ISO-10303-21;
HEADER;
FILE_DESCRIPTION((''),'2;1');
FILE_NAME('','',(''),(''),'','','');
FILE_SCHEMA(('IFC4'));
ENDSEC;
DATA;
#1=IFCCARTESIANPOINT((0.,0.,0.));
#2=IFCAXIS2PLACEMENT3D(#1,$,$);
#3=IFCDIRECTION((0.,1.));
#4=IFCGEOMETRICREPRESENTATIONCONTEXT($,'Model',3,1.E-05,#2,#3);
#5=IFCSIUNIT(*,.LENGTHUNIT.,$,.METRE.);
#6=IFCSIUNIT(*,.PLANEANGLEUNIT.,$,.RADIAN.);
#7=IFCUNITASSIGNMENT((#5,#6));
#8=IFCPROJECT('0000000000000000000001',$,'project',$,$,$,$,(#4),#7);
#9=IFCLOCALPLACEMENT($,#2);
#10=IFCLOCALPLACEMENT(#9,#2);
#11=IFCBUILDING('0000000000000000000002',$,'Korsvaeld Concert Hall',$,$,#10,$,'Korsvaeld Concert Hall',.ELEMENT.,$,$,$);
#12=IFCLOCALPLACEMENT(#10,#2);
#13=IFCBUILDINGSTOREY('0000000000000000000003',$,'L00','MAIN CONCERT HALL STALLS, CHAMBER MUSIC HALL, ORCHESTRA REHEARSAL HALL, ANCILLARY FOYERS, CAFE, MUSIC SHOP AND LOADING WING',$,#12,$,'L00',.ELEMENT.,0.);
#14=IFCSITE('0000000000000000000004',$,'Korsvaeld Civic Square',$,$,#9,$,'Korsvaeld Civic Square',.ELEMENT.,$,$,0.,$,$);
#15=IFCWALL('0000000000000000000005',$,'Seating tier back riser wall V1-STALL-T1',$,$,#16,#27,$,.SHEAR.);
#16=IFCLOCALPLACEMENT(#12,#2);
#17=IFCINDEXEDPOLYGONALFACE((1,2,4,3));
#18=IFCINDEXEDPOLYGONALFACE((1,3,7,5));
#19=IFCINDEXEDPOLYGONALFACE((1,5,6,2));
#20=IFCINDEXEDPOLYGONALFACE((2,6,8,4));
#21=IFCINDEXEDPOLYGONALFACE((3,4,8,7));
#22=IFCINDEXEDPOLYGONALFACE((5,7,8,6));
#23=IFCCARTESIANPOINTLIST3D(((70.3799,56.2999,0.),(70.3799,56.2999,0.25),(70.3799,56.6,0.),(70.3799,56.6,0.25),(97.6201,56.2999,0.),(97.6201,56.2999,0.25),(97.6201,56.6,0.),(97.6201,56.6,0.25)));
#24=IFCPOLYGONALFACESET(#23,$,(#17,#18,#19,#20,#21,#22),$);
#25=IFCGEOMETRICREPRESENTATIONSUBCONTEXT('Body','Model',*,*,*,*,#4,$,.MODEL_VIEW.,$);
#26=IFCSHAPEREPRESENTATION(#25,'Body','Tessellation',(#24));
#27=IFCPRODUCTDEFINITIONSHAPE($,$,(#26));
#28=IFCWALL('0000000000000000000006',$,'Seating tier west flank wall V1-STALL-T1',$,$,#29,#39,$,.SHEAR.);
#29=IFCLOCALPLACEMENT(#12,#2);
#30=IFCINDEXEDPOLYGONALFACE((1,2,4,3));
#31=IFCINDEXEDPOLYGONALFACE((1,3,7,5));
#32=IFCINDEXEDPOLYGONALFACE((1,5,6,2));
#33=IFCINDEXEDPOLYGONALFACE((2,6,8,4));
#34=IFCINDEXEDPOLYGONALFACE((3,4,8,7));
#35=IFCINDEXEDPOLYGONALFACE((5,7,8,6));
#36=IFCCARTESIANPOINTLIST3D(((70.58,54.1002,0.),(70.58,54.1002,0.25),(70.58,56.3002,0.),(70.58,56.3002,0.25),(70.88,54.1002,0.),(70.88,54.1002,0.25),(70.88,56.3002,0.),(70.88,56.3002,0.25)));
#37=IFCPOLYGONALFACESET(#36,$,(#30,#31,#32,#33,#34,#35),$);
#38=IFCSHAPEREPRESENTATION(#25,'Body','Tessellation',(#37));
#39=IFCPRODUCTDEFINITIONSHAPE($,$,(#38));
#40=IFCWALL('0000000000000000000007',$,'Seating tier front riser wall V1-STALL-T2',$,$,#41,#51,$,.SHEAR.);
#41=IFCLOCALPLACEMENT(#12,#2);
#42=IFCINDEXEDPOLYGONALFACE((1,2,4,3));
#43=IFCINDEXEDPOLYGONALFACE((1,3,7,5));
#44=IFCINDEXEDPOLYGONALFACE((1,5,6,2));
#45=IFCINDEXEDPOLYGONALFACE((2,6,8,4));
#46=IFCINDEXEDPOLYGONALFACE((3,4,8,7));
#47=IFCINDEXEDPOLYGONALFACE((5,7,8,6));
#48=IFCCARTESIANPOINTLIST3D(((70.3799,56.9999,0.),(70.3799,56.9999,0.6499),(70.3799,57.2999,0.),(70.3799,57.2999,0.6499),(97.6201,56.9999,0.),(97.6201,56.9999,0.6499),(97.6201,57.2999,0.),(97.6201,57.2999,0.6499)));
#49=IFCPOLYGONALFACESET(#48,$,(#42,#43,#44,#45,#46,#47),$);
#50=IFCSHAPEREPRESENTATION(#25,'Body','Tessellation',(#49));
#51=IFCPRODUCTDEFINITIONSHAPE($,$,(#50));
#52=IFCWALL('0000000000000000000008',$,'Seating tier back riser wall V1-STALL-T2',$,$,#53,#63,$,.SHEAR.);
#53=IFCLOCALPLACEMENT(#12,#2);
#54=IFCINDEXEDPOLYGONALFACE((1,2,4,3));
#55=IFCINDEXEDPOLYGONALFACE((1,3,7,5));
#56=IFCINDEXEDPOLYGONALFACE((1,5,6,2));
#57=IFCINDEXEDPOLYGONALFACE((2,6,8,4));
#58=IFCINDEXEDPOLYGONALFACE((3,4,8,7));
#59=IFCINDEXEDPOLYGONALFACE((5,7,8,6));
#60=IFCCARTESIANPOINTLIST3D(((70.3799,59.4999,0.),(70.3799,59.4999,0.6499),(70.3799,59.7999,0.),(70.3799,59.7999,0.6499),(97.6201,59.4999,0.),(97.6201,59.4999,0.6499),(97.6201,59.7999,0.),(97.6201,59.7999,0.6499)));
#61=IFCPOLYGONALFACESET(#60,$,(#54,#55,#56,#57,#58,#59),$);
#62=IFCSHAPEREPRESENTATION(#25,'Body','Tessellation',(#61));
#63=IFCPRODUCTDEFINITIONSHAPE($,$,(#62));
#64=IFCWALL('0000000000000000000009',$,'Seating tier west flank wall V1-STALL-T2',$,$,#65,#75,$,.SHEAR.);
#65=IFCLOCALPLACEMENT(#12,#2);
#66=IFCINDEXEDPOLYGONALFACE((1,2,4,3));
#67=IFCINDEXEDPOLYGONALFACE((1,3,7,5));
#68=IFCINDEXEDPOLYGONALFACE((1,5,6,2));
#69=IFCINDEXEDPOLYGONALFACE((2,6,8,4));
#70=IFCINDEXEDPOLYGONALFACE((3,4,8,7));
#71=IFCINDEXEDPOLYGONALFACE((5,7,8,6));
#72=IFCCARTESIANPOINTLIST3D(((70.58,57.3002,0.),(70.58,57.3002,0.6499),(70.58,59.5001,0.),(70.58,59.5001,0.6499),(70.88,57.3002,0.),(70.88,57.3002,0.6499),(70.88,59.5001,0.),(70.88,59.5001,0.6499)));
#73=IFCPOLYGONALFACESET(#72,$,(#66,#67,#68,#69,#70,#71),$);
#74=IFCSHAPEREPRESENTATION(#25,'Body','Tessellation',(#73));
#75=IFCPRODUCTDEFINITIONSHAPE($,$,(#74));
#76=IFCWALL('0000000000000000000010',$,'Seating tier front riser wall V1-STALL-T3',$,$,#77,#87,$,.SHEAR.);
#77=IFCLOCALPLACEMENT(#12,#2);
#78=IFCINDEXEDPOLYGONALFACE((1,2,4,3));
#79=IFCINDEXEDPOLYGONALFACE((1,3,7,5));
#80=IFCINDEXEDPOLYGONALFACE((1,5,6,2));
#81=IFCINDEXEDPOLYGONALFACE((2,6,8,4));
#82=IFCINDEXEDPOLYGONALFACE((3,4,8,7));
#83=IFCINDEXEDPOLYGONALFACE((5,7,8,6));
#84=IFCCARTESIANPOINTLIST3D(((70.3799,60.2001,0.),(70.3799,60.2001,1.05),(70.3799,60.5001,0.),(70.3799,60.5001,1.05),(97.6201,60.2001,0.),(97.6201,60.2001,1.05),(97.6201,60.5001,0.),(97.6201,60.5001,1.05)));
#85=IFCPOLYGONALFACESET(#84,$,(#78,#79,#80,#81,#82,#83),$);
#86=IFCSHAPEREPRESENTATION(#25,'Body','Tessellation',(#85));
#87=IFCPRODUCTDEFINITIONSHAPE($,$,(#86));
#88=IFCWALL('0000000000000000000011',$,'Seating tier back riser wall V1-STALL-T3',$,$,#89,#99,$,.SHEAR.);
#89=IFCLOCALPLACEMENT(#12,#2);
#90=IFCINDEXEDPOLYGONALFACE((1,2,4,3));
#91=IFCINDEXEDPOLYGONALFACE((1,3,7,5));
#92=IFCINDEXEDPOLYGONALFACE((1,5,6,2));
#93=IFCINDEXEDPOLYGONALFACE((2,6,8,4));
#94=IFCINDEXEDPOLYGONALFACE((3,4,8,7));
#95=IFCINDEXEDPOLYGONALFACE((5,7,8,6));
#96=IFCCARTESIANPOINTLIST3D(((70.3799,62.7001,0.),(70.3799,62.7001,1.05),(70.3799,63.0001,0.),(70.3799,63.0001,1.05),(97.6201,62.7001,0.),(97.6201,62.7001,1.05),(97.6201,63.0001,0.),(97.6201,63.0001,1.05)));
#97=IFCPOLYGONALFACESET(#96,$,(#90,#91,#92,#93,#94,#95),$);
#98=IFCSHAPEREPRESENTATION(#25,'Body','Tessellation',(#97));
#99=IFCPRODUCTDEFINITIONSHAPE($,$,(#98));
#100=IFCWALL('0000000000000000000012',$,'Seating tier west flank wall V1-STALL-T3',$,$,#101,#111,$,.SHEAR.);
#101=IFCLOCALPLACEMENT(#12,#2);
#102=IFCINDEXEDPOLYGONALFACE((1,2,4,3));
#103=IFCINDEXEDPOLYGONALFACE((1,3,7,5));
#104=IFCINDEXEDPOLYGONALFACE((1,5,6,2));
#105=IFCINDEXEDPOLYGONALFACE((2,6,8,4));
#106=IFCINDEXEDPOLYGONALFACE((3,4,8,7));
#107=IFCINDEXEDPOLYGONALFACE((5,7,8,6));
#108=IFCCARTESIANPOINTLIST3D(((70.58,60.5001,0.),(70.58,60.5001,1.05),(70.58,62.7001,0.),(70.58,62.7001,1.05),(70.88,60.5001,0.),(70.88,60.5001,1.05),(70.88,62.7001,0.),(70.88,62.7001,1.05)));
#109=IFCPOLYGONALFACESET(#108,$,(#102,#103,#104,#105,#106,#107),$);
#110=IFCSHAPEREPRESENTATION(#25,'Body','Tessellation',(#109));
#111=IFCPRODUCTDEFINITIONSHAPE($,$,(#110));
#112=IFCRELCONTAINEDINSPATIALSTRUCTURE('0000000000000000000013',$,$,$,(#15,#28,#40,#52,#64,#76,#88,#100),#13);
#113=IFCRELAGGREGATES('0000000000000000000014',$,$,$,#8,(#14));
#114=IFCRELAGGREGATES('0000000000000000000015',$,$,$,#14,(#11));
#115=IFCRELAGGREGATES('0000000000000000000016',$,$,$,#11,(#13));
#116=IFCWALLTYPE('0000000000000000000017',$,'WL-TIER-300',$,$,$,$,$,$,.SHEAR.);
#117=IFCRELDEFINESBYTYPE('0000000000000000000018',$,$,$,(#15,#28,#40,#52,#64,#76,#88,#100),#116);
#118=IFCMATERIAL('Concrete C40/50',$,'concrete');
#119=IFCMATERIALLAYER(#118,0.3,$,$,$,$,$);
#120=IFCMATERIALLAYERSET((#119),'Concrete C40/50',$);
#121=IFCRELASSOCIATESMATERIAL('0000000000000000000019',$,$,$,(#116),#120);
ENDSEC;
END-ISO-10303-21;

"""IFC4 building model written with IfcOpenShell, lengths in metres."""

from ifc_helpers import new_model, si_unit, direction, frame, frame_2d, origin, place, context, subcontext, project, spatial, rectangle, extrude, material, layer, layer_set, type_object, element, save


model = new_model("IFC4")

# Units and contexts
model_context = context("Model", 3, precision=1e-05, world=origin(), true_north=direction((0.0, 1.0)))
body_context = subcontext(model_context, "Body", "Model", "MODEL_VIEW")
ifc_project = project(units=[si_unit("LENGTHUNIT", "METRE"), si_unit("PLANEANGLEUNIT", "RADIAN")], contexts=[model_context])

# Site, building, storey
site_placement = place(None, origin())
site = spatial("IfcSite", under=ifc_project, at=site_placement, Name="Korsvaeld Civic Square", LongName="Korsvaeld Civic Square", CompositionType="ELEMENT", RefElevation=0.0)
building_placement = place(site_placement, origin())
building = spatial("IfcBuilding", under=site, at=building_placement, Name="Korsvaeld Concert Hall", LongName="Korsvaeld Concert Hall", CompositionType="ELEMENT")
storey_placement = place(building_placement, origin())
storey = spatial("IfcBuildingStorey", under=building, at=storey_placement, Name="L00", Description="MAIN CONCERT HALL STALLS, CHAMBER MUSIC HALL, ORCHESTRA REHEARSAL HALL, ANCILLARY FOYERS, CAFE, MUSIC SHOP AND LOADING WING", LongName="L00", CompositionType="ELEMENT", Elevation=0.0)

# Shared definitions
ifc_material_1 = material(Name="Concrete C40/50", Category="concrete")

# Walls
ifc_layer_1 = layer(ifc_material_1, 0.3)
ifc_layer_set_1 = layer_set([ifc_layer_1], Name="Concrete C40/50")
wall_type_1 = type_object("IfcWallType", Name="WL-TIER-300", PredefinedType="SHEAR", material=ifc_layer_set_1)
for number, where, z_axis, x_axis, name in (
    (1, (70.3799, 56.45, 0.0), (0.0, 0.0, 1.0), (1.0, 0.0, 0.0), "Seating tier back riser wall V1-STALL-T1"),
):
    element("IfcWall", number, at=place(storey_placement, frame(where, z_axis=z_axis, x_axis=x_axis)), inside=storey, type_object=wall_type_1, Name=name, PredefinedType="SHEAR", context=body_context, shape_type="SweptSolid", body=[
        extrude(rectangle(XDim=27.2402, YDim=0.3, at=frame_2d((13.6201, 0.0))), origin(), (0.0, 0.0, 1.0), 0.25),
    ])
wall_1_placement = place(storey_placement, frame((70.73, 54.1001, 0.0), z_axis=(0.0, 0.0, 1.0), x_axis=(0.0, 1.0, 0.0)))
element("IfcWall", 2, at=wall_1_placement, inside=storey, type_object=wall_type_1, Name="Seating tier west flank wall V1-STALL-T1", PredefinedType="SHEAR", context=body_context, shape_type="SweptSolid", body=[
    extrude(rectangle(XDim=2.2, YDim=0.3, at=frame_2d((1.1001, 0.0))), origin(), (0.0, 0.0, 1.0), 0.25),
])
for number, where, z_axis, x_axis, name in (
    (3, (70.3799, 57.1499, 0.0), (0.0, 0.0, 1.0), (1.0, 0.0, 0.0), "Seating tier front riser wall V1-STALL-T2"),
    (4, (70.3799, 59.6499, 0.0), (0.0, 0.0, 1.0), (1.0, 0.0, 0.0), "Seating tier back riser wall V1-STALL-T2"),
):
    element("IfcWall", number, at=place(storey_placement, frame(where, z_axis=z_axis, x_axis=x_axis)), inside=storey, type_object=wall_type_1, Name=name, PredefinedType="SHEAR", context=body_context, shape_type="SweptSolid", body=[
        extrude(rectangle(XDim=27.2402, YDim=0.3, at=frame_2d((13.6201, 0.0))), origin(), (0.0, 0.0, 1.0), 0.6499),
    ])
wall_2_placement = place(storey_placement, frame((70.73, 57.3, 0.0), z_axis=(0.0, 0.0, 1.0), x_axis=(0.0, 1.0, 0.0)))
element("IfcWall", 5, at=wall_2_placement, inside=storey, type_object=wall_type_1, Name="Seating tier west flank wall V1-STALL-T2", PredefinedType="SHEAR", context=body_context, shape_type="SweptSolid", body=[
    extrude(rectangle(XDim=2.2, YDim=0.3, at=frame_2d((1.1001, 0.0))), origin(), (0.0, 0.0, 1.0), 0.6499),
])
for number, where, z_axis, x_axis, name in (
    (6, (70.3799, 60.3501, 0.0), (0.0, 0.0, 1.0), (1.0, 0.0, 0.0), "Seating tier front riser wall V1-STALL-T3"),
    (7, (70.3799, 62.8501, 0.0), (0.0, 0.0, 1.0), (1.0, 0.0, 0.0), "Seating tier back riser wall V1-STALL-T3"),
):
    element("IfcWall", number, at=place(storey_placement, frame(where, z_axis=z_axis, x_axis=x_axis)), inside=storey, type_object=wall_type_1, Name=name, PredefinedType="SHEAR", context=body_context, shape_type="SweptSolid", body=[
        extrude(rectangle(XDim=27.2402, YDim=0.3, at=frame_2d((13.6201, 0.0))), origin(), (0.0, 0.0, 1.0), 1.05),
    ])
wall_3_placement = place(storey_placement, frame((70.73, 60.5, 0.0), z_axis=(0.0, 0.0, 1.0), x_axis=(0.0, 1.0, 0.0)))
element("IfcWall", 8, at=wall_3_placement, inside=storey, type_object=wall_type_1, Name="Seating tier west flank wall V1-STALL-T3", PredefinedType="SHEAR", context=body_context, shape_type="SweptSolid", body=[
    extrude(rectangle(XDim=2.2, YDim=0.3, at=frame_2d((1.1001, 0.0))), origin(), (0.0, 0.0, 1.0), 1.05),
])

save(model, "model.ifc")
